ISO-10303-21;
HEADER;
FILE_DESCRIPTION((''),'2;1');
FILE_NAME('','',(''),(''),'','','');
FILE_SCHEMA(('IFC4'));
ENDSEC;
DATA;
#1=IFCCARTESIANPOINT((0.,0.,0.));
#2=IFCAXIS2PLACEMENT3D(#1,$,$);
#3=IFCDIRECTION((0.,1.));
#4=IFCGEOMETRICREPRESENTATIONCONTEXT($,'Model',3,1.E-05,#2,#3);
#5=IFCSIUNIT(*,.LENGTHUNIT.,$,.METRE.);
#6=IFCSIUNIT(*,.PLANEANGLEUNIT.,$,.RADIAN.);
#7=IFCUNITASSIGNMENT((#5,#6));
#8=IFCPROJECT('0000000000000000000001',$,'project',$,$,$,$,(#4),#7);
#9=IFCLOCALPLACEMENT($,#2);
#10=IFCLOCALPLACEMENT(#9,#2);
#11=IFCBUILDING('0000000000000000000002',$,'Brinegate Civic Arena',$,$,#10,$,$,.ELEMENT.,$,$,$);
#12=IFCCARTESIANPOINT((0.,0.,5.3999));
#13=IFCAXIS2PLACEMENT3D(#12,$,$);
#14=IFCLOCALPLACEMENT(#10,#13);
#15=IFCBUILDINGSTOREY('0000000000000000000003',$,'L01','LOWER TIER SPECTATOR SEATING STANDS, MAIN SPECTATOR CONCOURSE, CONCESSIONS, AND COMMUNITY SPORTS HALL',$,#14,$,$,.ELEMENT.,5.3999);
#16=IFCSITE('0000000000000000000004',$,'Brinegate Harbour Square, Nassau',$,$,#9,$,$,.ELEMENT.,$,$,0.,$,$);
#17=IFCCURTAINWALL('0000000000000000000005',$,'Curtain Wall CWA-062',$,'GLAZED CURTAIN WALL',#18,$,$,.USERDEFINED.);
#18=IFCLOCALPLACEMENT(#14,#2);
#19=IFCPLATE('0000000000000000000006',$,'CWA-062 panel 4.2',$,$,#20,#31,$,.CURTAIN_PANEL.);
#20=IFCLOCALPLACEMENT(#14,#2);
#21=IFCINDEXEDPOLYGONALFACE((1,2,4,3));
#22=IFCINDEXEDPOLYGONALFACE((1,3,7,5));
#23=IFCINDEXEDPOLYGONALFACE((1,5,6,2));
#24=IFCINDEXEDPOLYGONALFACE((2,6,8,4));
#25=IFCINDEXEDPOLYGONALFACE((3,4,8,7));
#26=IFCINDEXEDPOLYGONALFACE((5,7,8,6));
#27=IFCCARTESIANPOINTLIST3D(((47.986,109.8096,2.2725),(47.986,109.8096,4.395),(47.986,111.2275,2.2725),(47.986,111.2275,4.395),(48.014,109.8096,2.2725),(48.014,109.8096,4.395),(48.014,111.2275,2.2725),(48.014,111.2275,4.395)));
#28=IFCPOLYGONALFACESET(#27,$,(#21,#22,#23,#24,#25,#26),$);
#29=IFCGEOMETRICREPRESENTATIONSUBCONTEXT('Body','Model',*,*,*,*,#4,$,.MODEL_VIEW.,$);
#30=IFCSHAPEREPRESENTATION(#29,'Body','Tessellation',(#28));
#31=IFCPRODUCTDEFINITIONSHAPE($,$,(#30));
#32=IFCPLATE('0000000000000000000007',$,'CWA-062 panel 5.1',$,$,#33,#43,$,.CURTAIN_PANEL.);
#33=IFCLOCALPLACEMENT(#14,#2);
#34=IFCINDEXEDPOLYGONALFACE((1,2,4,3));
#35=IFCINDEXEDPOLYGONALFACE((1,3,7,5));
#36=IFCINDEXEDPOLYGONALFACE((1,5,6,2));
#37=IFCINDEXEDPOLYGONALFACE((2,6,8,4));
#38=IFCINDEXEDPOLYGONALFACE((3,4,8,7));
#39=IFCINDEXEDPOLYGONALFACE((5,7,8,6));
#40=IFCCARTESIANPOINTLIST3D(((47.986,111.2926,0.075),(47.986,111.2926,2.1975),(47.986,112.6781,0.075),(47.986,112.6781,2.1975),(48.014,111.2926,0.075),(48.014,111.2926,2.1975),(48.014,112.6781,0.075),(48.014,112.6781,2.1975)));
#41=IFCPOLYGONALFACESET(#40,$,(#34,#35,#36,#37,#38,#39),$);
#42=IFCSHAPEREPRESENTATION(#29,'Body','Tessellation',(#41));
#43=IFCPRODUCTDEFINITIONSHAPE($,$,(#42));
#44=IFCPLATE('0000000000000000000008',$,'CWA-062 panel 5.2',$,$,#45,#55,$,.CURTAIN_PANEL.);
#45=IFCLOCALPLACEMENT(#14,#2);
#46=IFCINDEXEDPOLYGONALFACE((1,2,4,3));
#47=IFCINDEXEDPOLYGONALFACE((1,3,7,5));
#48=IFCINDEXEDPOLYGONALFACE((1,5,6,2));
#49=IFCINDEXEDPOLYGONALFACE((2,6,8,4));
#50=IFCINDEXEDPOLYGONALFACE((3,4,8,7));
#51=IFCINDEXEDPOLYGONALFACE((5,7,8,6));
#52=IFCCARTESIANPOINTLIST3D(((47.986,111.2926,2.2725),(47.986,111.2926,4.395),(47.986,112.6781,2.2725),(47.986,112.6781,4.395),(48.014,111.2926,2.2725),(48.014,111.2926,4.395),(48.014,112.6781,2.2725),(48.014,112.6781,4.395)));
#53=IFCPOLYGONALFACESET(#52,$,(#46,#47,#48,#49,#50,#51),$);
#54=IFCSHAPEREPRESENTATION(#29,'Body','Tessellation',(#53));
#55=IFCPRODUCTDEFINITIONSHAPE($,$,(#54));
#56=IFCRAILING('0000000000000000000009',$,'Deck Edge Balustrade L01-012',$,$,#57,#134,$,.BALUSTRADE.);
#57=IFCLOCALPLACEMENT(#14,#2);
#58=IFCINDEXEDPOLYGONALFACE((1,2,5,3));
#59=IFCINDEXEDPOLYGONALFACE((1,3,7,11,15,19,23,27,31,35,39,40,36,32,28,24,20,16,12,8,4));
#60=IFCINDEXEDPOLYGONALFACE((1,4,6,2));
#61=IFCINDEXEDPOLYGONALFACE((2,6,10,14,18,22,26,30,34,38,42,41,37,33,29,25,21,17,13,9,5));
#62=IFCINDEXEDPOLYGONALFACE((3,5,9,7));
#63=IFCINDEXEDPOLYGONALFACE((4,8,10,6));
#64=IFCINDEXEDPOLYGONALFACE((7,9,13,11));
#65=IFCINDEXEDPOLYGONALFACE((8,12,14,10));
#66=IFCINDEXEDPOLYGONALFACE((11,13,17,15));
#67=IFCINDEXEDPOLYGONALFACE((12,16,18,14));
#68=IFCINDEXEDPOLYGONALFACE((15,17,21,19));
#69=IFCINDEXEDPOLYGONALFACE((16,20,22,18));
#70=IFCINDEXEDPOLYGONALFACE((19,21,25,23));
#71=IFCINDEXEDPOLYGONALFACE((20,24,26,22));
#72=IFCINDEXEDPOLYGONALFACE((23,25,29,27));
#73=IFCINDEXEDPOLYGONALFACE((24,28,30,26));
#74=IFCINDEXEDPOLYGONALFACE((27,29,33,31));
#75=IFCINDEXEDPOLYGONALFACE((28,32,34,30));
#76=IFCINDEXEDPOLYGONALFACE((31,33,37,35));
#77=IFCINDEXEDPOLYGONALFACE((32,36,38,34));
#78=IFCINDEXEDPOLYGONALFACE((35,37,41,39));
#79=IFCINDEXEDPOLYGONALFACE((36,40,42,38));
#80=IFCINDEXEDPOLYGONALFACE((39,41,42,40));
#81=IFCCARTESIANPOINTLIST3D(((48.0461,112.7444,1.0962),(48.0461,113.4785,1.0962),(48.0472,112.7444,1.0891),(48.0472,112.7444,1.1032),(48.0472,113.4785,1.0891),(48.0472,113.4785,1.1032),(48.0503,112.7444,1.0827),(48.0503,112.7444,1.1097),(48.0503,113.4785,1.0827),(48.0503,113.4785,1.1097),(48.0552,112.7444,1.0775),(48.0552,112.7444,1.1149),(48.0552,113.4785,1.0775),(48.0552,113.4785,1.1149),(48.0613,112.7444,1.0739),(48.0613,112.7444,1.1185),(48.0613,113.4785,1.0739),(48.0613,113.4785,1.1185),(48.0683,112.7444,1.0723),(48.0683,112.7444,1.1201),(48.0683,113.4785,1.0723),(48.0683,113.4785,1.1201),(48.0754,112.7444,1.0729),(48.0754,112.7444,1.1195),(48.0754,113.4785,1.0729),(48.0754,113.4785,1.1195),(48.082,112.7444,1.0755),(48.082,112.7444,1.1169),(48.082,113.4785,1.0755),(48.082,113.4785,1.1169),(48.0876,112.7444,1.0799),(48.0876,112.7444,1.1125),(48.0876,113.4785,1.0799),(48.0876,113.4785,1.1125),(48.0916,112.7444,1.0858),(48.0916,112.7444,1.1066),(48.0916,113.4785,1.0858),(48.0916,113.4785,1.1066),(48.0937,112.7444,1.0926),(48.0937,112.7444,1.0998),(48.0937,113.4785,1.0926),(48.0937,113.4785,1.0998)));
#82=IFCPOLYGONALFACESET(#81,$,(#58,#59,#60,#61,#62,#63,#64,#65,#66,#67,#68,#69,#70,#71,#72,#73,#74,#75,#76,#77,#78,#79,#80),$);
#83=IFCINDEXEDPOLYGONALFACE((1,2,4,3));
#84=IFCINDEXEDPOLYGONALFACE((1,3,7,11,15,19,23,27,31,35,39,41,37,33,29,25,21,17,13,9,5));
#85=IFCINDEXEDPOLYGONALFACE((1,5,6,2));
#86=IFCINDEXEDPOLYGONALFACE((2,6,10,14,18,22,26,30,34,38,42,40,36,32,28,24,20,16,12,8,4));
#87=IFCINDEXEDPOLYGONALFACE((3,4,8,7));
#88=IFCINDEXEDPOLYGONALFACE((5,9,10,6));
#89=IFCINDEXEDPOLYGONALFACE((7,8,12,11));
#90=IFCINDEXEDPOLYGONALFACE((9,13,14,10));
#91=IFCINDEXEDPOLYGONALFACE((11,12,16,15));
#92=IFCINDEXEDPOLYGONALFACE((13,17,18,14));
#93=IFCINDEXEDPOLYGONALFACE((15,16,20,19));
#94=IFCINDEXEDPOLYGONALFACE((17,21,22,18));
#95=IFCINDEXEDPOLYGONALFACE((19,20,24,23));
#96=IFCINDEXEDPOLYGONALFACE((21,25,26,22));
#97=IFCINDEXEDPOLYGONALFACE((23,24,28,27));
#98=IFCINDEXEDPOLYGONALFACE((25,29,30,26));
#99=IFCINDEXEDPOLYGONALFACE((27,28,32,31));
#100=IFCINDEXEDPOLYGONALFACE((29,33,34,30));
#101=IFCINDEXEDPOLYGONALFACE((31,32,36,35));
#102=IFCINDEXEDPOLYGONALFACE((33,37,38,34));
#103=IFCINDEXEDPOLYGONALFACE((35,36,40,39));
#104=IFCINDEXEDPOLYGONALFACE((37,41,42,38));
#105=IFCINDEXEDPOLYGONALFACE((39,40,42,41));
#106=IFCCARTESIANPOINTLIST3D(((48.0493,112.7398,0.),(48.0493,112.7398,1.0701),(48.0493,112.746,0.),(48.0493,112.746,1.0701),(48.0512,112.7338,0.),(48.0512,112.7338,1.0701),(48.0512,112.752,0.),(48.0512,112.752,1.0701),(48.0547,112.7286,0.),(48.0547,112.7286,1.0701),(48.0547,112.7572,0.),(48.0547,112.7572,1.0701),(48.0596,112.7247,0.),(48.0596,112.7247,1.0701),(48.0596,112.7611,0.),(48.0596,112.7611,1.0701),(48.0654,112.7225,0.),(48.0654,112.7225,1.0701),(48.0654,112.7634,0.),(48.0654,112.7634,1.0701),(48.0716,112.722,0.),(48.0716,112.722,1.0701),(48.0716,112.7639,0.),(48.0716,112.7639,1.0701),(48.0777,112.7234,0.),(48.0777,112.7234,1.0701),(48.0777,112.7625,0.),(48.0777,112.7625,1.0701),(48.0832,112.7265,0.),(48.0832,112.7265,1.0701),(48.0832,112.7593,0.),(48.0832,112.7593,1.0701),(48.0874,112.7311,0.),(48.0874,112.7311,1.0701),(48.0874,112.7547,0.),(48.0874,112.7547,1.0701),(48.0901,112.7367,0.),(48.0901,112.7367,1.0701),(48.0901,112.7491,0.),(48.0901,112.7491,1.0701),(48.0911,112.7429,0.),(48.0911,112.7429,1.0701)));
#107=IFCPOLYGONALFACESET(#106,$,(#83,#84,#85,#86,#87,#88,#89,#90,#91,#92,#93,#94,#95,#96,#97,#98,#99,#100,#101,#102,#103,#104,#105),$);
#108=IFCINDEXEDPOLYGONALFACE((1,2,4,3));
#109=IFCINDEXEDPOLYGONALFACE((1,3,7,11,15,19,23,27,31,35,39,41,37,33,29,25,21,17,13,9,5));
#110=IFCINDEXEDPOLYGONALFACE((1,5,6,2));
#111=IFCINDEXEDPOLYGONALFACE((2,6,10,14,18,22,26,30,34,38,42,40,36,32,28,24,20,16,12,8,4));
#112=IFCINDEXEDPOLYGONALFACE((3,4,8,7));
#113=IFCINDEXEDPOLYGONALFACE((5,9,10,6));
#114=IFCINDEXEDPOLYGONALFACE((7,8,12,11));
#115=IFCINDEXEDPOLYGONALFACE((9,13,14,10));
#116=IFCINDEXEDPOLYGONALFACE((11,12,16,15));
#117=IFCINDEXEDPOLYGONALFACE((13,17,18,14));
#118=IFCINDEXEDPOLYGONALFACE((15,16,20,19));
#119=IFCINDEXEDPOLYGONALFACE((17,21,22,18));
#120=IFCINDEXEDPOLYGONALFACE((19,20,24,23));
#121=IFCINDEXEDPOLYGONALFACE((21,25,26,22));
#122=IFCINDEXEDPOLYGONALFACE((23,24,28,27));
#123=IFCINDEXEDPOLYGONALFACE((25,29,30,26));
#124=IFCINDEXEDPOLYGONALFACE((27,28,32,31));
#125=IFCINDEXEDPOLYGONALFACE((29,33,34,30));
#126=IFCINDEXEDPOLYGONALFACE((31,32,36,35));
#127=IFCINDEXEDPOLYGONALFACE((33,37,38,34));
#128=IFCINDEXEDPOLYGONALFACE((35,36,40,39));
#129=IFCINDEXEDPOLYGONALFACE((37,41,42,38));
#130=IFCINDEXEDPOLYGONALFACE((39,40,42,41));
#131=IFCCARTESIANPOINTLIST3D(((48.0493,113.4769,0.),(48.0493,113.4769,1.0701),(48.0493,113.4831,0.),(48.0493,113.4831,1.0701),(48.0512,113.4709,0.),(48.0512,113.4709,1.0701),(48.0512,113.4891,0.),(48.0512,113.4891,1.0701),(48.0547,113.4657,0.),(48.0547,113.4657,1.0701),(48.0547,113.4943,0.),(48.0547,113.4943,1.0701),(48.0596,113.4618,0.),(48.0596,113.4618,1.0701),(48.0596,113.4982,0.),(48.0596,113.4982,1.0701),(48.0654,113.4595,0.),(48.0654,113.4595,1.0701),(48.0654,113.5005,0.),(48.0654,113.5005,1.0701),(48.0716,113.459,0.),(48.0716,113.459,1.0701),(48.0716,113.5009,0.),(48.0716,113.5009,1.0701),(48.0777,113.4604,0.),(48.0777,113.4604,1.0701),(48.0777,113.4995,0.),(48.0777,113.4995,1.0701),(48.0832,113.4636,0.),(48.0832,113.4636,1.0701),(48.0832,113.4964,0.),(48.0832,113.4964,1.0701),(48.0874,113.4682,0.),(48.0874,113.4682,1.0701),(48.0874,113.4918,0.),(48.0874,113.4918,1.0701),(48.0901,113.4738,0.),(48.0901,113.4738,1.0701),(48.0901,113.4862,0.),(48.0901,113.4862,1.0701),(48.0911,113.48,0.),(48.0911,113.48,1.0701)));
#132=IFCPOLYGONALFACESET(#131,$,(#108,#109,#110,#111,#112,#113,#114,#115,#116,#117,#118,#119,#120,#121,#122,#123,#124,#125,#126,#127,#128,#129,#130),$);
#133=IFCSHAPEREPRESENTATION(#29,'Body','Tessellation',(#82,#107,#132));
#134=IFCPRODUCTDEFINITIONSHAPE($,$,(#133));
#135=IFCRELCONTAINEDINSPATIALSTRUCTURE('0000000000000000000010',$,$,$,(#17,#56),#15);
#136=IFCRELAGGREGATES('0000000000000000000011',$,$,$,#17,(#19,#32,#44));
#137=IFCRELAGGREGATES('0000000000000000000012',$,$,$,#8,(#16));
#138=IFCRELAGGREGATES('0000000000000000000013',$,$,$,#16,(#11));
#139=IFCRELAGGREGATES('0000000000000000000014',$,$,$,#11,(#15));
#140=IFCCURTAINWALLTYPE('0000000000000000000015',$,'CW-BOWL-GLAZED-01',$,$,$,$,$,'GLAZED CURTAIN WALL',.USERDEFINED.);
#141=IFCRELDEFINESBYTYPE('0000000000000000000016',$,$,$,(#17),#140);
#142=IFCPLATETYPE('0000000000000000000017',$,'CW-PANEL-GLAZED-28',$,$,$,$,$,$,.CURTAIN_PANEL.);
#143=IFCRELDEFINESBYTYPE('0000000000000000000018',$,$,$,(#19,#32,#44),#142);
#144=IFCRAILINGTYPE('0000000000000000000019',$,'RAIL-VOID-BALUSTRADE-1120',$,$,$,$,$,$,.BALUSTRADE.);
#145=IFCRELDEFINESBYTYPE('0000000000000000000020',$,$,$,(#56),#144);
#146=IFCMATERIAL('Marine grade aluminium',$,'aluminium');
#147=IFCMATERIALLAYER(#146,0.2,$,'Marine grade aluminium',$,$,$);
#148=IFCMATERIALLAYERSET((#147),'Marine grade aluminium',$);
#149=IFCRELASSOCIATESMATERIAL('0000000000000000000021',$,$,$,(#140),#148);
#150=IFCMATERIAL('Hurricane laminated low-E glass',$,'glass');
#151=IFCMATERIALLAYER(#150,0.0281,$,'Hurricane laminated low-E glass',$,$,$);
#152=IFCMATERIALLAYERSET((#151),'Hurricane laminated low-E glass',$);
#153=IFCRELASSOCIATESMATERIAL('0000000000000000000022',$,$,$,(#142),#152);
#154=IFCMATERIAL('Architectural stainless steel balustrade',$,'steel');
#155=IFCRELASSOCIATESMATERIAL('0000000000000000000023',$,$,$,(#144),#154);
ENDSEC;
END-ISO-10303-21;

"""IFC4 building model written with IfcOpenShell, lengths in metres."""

from ifc_helpers import new_model, si_unit, direction, frame, origin, origin_2d, place, context, subcontext, project, spatial, rectangle, circle, extrude, material, layer, layer_set, type_object, element, aggregate, save


model = new_model("IFC4")

# Units and contexts
model_context = context("Model", 3, precision=1e-05, world=origin(), true_north=direction((0.0, 1.0)))
body_context = subcontext(model_context, "Body", "Model", "MODEL_VIEW")
ifc_project = project(units=[si_unit("LENGTHUNIT", "METRE"), si_unit("PLANEANGLEUNIT", "RADIAN")], contexts=[model_context])

# Site, building, storey
site_placement = place(None, origin())
site = spatial("IfcSite", under=ifc_project, at=site_placement, Name="Brinegate Harbour Square, Nassau", CompositionType="ELEMENT", RefElevation=0.0)
building_placement = place(site_placement, origin())
building = spatial("IfcBuilding", under=site, at=building_placement, Name="Brinegate Civic Arena", CompositionType="ELEMENT")
storey_placement = place(building_placement, frame((0.0, 0.0, 5.3999)))
storey = spatial("IfcBuildingStorey", under=building, at=storey_placement, Name="L01", Description="LOWER TIER SPECTATOR SEATING STANDS, MAIN SPECTATOR CONCOURSE, CONCESSIONS, AND COMMUNITY SPORTS HALL", CompositionType="ELEMENT", Elevation=5.3999)

# Curtain wall
ifc_material_1 = material(Name="Marine grade aluminium", Category="aluminium")
ifc_layer_1 = layer(ifc_material_1, 0.2, Name="Marine grade aluminium")
ifc_layer_set_1 = layer_set([ifc_layer_1], Name="Marine grade aluminium")
curtain_wall_type = type_object("IfcCurtainWallType", Name="CW-BOWL-GLAZED-01", ElementType="GLAZED CURTAIN WALL", PredefinedType="USERDEFINED", material=ifc_layer_set_1)
curtain_wall_placement = place(storey_placement, origin())
curtain_wall = element("IfcCurtainWall", 1, at=curtain_wall_placement, inside=storey, type_object=curtain_wall_type, Name="Curtain Wall CWA-062", ObjectType="GLAZED CURTAIN WALL", PredefinedType="USERDEFINED")

# Plates
ifc_material_2 = material(Name="Hurricane laminated low-E glass", Category="glass")
ifc_layer_2 = layer(ifc_material_2, 0.0281, Name="Hurricane laminated low-E glass")
ifc_layer_set_2 = layer_set([ifc_layer_2], Name="Hurricane laminated low-E glass")
plate_type = type_object("IfcPlateType", Name="CW-PANEL-GLAZED-28", PredefinedType="CURTAIN_PANEL", material=ifc_layer_set_2)
plate_1_placement = place(storey_placement, frame((48.0, 110.5186, 2.2725), z_axis=(0.0, 0.0, 1.0), x_axis=(0.0, 1.0, 0.0)))
plate_1 = element("IfcPlate", 2, at=plate_1_placement, type_object=plate_type, Name="CWA-062 panel 4.2", PredefinedType="CURTAIN_PANEL", context=body_context, shape_type="SweptSolid", body=[
    extrude(rectangle(XDim=1.418, YDim=0.0281, at=origin_2d()), origin(), (0.0, 0.0, 1.0), 2.1226),
])
plate_2_placement = place(storey_placement, frame((48.0, 111.9854, 0.075), z_axis=(0.0, 0.0, 1.0), x_axis=(0.0, 1.0, 0.0)))
plate_2 = element("IfcPlate", 3, at=plate_2_placement, type_object=plate_type, Name="CWA-062 panel 5.1", PredefinedType="CURTAIN_PANEL", context=body_context, shape_type="SweptSolid", body=[
    extrude(rectangle(XDim=1.3855, YDim=0.0281, at=origin_2d()), origin(), (0.0, 0.0, 1.0), 2.1226),
])
plate_3_placement = place(storey_placement, frame((48.0, 111.9854, 2.2725), z_axis=(0.0, 0.0, 1.0), x_axis=(0.0, 1.0, 0.0)))
plate_3 = element("IfcPlate", 4, at=plate_3_placement, type_object=plate_type, Name="CWA-062 panel 5.2", PredefinedType="CURTAIN_PANEL", context=body_context, shape_type="SweptSolid", body=[
    extrude(rectangle(XDim=1.3855, YDim=0.0281, at=origin_2d()), origin(), (0.0, 0.0, 1.0), 2.1226),
])
aggregate(curtain_wall, [plate_1, plate_2, plate_3])

# Railing
ifc_material_3 = material(Name="Architectural stainless steel balustrade", Category="steel")
railing_type = type_object("IfcRailingType", Name="RAIL-VOID-BALUSTRADE-1120", PredefinedType="BALUSTRADE", material=ifc_material_3)
railing_placement = place(storey_placement, frame((48.0701, 112.7429, 0.0)))
element("IfcRailing", 5, at=railing_placement, inside=storey, type_object=railing_type, Name="Deck Edge Balustrade L01-012", PredefinedType="BALUSTRADE", context=body_context, shape_type="SweptSolid", body=[
    extrude(circle(Radius=0.0239, at=origin_2d()), frame((0.0, 0.0015, 1.0962), z_axis=(0.0, 1.0, 0.0), x_axis=(-1.0, 0.0, 0.0)), (0.0, 0.0, 1.0), 0.7341),
    extrude(circle(Radius=0.021, at=origin_2d()), origin(), (0.0, 0.0, 1.0), 1.0701),
    extrude(circle(Radius=0.021, at=origin_2d()), frame((0.0, 0.7371, 0.0)), (0.0, 0.0, 1.0), 1.0701),
])

save(model, "model.ifc")
